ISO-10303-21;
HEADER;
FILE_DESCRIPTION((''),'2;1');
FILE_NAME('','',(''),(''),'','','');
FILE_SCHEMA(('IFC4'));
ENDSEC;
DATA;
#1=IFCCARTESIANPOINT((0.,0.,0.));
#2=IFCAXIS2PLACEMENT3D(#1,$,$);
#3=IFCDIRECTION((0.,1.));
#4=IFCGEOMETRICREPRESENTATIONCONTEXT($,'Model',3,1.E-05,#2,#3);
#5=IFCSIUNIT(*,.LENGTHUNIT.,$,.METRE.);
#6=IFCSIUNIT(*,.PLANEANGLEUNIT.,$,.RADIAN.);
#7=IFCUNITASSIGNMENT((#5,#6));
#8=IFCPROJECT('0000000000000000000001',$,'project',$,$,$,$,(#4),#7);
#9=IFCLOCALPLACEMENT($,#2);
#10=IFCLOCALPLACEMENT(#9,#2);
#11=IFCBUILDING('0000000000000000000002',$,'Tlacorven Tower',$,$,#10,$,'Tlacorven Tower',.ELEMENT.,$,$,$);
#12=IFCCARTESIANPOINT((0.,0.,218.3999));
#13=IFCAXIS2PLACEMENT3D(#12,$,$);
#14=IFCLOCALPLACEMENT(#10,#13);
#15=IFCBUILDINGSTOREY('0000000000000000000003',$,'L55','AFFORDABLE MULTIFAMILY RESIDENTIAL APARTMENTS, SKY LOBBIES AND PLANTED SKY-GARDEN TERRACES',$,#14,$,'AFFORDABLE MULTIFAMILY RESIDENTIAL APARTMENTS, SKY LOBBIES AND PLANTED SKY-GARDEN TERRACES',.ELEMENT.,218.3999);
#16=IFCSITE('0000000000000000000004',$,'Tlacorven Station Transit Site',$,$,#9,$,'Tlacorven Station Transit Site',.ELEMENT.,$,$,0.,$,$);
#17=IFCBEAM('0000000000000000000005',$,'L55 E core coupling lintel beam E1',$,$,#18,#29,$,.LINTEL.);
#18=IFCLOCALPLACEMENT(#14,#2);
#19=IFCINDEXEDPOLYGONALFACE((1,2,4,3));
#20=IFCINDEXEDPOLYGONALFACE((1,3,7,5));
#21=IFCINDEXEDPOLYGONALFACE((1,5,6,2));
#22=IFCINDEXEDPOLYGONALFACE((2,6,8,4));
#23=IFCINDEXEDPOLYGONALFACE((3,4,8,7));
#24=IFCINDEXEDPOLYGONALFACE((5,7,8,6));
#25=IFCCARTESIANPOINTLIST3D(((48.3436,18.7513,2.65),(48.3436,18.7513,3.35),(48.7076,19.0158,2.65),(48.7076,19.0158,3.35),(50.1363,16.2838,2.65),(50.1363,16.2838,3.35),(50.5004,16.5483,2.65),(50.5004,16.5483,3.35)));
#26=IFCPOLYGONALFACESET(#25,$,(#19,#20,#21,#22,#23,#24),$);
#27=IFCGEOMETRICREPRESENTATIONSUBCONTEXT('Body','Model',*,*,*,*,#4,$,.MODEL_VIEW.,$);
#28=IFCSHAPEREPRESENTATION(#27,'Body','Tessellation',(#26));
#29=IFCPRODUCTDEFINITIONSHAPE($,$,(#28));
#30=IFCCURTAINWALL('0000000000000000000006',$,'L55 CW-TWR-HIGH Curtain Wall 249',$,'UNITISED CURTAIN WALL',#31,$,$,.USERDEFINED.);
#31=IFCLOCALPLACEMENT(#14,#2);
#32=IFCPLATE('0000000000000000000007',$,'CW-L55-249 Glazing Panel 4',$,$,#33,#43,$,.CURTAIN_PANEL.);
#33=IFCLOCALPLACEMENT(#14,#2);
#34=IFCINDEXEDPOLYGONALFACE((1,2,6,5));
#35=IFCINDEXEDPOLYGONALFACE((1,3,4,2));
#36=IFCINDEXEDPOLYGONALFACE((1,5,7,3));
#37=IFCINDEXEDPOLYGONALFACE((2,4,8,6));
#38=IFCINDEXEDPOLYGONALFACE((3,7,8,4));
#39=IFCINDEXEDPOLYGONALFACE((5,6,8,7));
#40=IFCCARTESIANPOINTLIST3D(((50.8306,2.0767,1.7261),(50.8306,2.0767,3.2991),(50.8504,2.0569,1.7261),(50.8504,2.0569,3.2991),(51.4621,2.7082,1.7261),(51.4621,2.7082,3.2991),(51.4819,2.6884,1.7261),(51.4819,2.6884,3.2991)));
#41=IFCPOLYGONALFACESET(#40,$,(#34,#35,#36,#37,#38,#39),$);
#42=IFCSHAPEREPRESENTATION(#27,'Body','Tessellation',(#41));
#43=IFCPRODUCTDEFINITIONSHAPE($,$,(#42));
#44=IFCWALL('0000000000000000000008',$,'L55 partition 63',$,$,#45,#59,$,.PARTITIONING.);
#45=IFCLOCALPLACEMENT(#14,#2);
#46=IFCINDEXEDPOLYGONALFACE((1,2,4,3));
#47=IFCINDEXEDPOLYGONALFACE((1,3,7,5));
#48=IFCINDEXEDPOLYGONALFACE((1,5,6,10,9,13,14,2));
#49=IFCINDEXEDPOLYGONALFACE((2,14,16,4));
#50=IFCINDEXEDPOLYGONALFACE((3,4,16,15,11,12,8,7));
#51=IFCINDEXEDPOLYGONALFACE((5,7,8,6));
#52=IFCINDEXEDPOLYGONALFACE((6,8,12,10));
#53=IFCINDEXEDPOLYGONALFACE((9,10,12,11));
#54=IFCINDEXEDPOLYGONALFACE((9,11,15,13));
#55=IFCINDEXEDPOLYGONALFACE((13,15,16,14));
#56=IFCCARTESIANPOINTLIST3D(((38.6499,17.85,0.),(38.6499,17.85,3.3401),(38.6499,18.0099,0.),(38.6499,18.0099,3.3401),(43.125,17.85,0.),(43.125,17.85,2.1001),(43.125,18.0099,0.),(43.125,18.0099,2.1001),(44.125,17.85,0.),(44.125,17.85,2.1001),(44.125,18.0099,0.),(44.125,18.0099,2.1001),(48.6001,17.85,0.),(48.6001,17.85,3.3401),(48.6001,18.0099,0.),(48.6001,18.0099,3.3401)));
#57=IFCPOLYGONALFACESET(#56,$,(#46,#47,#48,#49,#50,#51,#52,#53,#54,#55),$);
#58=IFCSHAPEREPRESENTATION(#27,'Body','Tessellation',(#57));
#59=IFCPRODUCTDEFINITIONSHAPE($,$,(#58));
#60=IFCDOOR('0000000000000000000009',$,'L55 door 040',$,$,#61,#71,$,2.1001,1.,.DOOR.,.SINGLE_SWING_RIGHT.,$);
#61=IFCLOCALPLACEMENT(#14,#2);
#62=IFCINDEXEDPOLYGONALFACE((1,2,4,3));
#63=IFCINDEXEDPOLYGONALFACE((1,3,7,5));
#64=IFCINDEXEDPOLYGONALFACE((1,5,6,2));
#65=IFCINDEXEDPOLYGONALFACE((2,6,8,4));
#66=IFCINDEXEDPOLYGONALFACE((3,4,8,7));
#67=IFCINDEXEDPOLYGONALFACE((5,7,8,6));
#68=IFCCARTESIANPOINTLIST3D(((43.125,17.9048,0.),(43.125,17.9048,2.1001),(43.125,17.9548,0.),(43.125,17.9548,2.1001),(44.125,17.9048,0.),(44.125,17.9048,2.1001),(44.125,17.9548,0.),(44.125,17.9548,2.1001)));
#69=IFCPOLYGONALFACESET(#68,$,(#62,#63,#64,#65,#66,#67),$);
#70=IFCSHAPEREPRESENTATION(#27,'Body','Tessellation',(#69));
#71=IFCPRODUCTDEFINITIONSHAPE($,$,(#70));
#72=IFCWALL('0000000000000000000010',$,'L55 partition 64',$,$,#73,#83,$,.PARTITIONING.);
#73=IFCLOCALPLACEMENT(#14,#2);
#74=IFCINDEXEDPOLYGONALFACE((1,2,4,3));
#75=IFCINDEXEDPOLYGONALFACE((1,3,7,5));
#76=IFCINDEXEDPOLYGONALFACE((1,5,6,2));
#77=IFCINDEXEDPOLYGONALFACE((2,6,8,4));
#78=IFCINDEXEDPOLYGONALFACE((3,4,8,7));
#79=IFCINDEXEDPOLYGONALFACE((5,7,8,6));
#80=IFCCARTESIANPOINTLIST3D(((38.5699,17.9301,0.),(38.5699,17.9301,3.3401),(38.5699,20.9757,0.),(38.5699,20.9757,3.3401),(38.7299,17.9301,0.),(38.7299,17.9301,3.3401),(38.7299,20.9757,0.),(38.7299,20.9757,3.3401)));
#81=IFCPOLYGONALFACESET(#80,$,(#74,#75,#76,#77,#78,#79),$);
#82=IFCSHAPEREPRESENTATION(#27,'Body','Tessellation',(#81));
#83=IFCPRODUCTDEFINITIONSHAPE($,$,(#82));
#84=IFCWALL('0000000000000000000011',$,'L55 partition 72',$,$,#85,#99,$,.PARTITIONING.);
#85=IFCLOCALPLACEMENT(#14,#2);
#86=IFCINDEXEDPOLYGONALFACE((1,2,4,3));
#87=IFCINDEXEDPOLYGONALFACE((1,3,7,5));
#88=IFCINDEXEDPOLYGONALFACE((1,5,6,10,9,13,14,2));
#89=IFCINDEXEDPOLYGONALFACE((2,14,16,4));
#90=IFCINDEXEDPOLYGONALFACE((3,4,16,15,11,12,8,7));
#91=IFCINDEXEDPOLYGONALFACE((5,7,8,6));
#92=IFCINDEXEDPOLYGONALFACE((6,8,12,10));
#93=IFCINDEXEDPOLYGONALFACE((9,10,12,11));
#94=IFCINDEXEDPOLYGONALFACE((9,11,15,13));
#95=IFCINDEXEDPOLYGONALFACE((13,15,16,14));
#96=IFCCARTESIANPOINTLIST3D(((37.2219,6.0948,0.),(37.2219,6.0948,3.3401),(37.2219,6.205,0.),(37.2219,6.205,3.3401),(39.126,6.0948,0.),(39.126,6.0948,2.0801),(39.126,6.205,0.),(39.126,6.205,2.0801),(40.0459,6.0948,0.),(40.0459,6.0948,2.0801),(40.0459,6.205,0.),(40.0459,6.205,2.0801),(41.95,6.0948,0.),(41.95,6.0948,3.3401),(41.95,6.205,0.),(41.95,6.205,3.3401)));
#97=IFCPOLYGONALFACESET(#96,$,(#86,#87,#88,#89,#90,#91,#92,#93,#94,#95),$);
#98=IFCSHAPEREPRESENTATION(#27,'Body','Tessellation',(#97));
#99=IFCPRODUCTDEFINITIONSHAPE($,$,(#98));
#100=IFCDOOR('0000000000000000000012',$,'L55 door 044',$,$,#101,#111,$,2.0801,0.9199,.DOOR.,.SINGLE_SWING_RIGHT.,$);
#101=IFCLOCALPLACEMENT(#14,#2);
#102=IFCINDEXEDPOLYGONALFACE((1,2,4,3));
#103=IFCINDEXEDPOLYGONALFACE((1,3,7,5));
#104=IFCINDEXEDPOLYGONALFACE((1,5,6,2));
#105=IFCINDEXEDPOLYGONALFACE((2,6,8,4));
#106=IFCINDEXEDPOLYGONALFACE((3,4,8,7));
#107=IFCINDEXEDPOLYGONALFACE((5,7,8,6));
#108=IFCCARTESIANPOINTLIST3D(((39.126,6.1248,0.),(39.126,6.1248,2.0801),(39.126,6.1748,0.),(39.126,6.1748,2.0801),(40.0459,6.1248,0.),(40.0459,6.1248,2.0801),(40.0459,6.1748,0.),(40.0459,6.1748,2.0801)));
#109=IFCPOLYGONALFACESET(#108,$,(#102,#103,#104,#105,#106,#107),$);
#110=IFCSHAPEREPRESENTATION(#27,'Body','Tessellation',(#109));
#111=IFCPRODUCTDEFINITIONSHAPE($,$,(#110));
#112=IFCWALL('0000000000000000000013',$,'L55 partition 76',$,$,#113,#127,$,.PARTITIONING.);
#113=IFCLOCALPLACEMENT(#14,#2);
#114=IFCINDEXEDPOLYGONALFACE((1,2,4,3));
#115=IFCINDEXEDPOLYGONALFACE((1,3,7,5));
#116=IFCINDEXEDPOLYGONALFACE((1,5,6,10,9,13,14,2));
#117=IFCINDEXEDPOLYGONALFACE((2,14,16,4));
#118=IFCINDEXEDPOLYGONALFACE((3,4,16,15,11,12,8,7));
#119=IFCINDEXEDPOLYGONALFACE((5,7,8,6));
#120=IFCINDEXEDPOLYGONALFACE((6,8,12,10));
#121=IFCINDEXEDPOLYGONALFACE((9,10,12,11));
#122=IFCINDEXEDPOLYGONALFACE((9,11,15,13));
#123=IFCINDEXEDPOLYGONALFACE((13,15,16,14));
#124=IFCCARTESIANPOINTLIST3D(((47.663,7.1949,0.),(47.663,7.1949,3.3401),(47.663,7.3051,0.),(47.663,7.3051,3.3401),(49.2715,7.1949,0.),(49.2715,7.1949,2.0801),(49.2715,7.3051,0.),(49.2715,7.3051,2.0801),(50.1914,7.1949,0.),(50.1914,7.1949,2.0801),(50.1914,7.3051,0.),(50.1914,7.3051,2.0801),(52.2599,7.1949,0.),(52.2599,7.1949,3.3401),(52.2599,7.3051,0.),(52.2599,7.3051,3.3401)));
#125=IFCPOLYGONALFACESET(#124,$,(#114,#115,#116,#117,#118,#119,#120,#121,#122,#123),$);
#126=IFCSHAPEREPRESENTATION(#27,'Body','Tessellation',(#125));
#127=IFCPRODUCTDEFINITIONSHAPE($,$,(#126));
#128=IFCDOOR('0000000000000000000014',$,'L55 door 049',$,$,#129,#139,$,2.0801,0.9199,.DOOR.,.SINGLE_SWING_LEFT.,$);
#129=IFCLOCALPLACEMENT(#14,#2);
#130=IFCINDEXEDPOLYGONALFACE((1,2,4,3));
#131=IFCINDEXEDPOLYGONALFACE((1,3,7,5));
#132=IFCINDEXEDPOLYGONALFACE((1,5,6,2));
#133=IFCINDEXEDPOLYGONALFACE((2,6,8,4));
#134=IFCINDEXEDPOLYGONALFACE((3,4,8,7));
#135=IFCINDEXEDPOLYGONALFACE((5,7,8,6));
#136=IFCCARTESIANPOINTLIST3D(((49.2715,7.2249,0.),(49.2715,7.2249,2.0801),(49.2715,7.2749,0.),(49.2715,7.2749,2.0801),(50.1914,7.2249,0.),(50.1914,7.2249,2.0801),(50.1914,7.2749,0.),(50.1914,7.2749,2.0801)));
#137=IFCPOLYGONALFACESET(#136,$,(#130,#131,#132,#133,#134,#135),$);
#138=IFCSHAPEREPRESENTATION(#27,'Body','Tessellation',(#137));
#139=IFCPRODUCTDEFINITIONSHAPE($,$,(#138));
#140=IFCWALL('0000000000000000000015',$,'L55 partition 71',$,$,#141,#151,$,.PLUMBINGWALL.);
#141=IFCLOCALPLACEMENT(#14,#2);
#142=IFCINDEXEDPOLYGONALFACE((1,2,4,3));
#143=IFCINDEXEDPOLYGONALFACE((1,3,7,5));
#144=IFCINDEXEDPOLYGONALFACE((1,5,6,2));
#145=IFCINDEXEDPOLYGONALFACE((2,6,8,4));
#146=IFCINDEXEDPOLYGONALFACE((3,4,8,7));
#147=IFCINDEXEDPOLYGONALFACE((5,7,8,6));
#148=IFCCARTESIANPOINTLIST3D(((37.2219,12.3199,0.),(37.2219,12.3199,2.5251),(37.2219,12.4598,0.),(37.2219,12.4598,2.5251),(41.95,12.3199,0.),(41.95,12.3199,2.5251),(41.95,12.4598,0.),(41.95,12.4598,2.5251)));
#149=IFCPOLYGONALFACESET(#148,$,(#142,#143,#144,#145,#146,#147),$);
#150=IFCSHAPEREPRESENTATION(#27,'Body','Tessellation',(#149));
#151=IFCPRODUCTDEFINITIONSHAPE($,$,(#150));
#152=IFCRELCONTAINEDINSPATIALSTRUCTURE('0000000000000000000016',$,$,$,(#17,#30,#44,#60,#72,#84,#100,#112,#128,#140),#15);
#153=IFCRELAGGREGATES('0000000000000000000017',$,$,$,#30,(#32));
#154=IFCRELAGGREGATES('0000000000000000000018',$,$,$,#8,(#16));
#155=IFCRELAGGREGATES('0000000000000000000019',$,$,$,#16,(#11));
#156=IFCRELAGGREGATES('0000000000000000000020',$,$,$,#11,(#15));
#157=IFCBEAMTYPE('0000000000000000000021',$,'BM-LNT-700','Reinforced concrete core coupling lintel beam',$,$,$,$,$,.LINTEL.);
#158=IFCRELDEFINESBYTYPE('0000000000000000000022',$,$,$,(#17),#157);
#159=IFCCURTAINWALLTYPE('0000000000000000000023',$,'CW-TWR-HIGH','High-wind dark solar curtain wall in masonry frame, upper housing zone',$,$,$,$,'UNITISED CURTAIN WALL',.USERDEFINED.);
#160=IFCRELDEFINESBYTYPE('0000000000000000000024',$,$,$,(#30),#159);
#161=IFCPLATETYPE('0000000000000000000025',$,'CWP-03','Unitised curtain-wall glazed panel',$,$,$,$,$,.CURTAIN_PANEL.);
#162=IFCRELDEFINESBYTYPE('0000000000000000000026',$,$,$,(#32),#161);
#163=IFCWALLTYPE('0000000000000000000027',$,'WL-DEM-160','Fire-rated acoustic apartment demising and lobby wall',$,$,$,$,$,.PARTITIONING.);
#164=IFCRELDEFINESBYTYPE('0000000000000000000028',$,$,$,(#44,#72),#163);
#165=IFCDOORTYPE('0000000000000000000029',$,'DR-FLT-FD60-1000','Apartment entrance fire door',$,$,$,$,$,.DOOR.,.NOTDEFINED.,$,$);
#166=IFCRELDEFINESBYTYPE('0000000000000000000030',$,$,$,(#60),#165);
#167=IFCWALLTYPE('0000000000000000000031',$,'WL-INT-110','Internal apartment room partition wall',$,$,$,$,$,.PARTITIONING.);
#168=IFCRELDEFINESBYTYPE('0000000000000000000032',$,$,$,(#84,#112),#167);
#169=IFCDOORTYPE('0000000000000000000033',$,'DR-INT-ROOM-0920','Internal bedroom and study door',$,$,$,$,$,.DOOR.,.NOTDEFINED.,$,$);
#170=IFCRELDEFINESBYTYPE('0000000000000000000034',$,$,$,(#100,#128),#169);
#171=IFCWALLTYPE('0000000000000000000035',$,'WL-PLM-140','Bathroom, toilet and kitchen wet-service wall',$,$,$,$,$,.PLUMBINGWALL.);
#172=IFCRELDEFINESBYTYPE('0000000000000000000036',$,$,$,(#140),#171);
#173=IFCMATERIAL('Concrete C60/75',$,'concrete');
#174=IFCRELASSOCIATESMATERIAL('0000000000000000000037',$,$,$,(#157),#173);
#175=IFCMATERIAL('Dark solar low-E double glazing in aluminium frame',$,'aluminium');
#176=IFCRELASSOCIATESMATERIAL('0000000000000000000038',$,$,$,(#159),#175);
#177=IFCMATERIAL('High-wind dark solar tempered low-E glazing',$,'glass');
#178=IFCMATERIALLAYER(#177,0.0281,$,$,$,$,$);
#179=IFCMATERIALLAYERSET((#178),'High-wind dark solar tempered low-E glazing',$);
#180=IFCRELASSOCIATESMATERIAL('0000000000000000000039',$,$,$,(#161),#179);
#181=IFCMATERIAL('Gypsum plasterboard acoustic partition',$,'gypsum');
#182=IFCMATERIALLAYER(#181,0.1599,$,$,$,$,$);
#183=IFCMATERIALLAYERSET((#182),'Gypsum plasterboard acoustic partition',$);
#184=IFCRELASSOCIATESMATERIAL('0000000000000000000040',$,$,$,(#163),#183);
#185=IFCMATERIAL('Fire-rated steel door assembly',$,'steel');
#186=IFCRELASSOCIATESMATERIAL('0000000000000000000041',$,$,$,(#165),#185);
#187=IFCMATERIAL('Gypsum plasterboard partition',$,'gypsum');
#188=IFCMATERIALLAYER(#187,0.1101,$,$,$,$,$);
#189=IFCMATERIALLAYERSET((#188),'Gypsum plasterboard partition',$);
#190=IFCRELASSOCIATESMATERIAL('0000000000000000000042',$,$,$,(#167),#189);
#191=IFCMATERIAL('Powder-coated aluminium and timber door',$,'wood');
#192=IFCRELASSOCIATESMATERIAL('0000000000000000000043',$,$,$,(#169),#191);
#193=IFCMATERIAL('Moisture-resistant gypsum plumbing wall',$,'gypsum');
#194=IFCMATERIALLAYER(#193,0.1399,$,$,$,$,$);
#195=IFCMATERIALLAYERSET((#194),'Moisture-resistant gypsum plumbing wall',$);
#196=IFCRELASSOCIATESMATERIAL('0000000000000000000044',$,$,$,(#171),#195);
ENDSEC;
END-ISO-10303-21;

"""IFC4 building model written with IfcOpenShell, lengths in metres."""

from ifc_helpers import new_model, si_unit, direction, frame, frame_2d, origin, origin_2d, place, context, subcontext, project, spatial, rectangle, extrude, source, transform, mapped, material, layer, layer_set, material_profile, profile_set, type_object, element, fill, aggregate, save


model = new_model("IFC4")

# Units and contexts
model_context = context("Model", 3, precision=1e-05, world=origin(), true_north=direction((0.0, 1.0)))
body_context = subcontext(model_context, "Body", "Model", "MODEL_VIEW")
ifc_project = project(units=[si_unit("LENGTHUNIT", "METRE"), si_unit("PLANEANGLEUNIT", "RADIAN")], contexts=[model_context])

# Site, building, storey
site_placement = place(None, origin())
site = spatial("IfcSite", under=ifc_project, at=site_placement, Name="Tlacorven Station Transit Site", LongName="Tlacorven Station Transit Site", CompositionType="ELEMENT", RefElevation=0.0)
building_placement = place(site_placement, origin())
building = spatial("IfcBuilding", under=site, at=building_placement, Name="Tlacorven Tower", LongName="Tlacorven Tower", CompositionType="ELEMENT")
storey_placement = place(building_placement, frame((0.0, 0.0, 218.3999)))
storey = spatial("IfcBuildingStorey", under=building, at=storey_placement, Name="L55", Description="AFFORDABLE MULTIFAMILY RESIDENTIAL APARTMENTS, SKY LOBBIES AND PLANTED SKY-GARDEN TERRACES", LongName="AFFORDABLE MULTIFAMILY RESIDENTIAL APARTMENTS, SKY LOBBIES AND PLANTED SKY-GARDEN TERRACES", CompositionType="ELEMENT", Elevation=218.3999)

# Beam
ifc_material_1 = material(Name="Concrete C60/75", Category="concrete")
ifc_material_profile = material_profile(ifc_material_1, rectangle(XDim=0.45, YDim=0.7, at=origin_2d()), Name="RC 450X700")
ifc_profile_set = profile_set([ifc_material_profile], Name="Concrete C60/75")
beam_type = type_object("IfcBeamType", Name="BM-LNT-700", Description="Reinforced concrete core coupling lintel beam", PredefinedType="LINTEL", material=ifc_profile_set)
shared_shape_1 = source(origin(), body_context, "Body", "SweptSolid", [
    extrude(rectangle(XDim=0.45, YDim=0.7, at=origin_2d()), origin(), (0.0, 0.0, 1.0), 3.05),
])
beam_placement = place(storey_placement, frame((50.3184, 16.416, 3.0), z_axis=(-0.587777, 0.809023, 0.0), x_axis=(-0.809023, -0.587777, 0.0)))
element("IfcBeam", 1, at=beam_placement, inside=storey, type_object=beam_type, Name="L55 E core coupling lintel beam E1", PredefinedType="LINTEL", context=body_context, shape_type="MappedRepresentation", body=[
    mapped(shared_shape_1, transform((0.0, 0.0, 0.0), scale=1.0)),
])

# Curtain wall, plate
ifc_material_2 = material(Name="Dark solar low-E double glazing in aluminium frame", Category="aluminium")
curtain_wall_type = type_object("IfcCurtainWallType", Name="CW-TWR-HIGH", Description="High-wind dark solar curtain wall in masonry frame, upper housing zone", ElementType="UNITISED CURTAIN WALL", PredefinedType="USERDEFINED", material=ifc_material_2)
curtain_wall_placement = place(storey_placement, origin())
curtain_wall = element("IfcCurtainWall", 2, at=curtain_wall_placement, inside=storey, type_object=curtain_wall_type, Name="L55 CW-TWR-HIGH Curtain Wall 249", ObjectType="UNITISED CURTAIN WALL", PredefinedType="USERDEFINED")
ifc_material_3 = material(Name="High-wind dark solar tempered low-E glazing", Category="glass")
ifc_layer_1 = layer(ifc_material_3, 0.0281)
ifc_layer_set_1 = layer_set([ifc_layer_1], Name="High-wind dark solar tempered low-E glazing")
plate_type = type_object("IfcPlateType", Name="CWP-03", Description="Unitised curtain-wall glazed panel", PredefinedType="CURTAIN_PANEL", material=ifc_layer_set_1)
shared_shape_2 = source(origin(), body_context, "Body", "SweptSolid", [
    extrude(rectangle(XDim=0.8931, YDim=0.0281, at=origin_2d()), origin(), (0.0, 0.0, 1.0), 1.573),
])
plate_placement = place(storey_placement, frame((51.1562, 2.3826, 1.7261), z_axis=(0.0, 0.0, 1.0), x_axis=(-0.707107, -0.707107, 0.0)))
plate = element("IfcPlate", 3, at=plate_placement, type_object=plate_type, Name="CW-L55-249 Glazing Panel 4", PredefinedType="CURTAIN_PANEL", context=body_context, shape_type="MappedRepresentation", body=[
    mapped(shared_shape_2, transform((0.0, 0.0, 0.0), scale=1.0)),
])
aggregate(curtain_wall, [plate])

# Wall, opening, door
ifc_material_4 = material(Name="Gypsum plasterboard acoustic partition", Category="gypsum")
ifc_layer_2 = layer(ifc_material_4, 0.1599)
ifc_layer_set_2 = layer_set([ifc_layer_2], Name="Gypsum plasterboard acoustic partition")
wall_type_1 = type_object("IfcWallType", Name="WL-DEM-160", Description="Fire-rated acoustic apartment demising and lobby wall", PredefinedType="PARTITIONING", material=ifc_layer_set_2)
wall_1_placement = place(storey_placement, frame((38.6499, 17.9299, 0.0), z_axis=(0.0, 0.0, 1.0), x_axis=(1.0, 0.0, 0.0)))
wall_1 = element("IfcWall", 4, at=wall_1_placement, inside=storey, type_object=wall_type_1, Name="L55 partition 63", PredefinedType="PARTITIONING", context=body_context, shape_type="SweptSolid", body=[
    extrude(rectangle(XDim=9.9502, YDim=0.1599, at=frame_2d((4.9751, 0.0))), origin(), (0.0, 0.0, 1.0), 3.3401),
])
opening_1_placement = place(wall_1_placement, frame((4.4751, 0.0, 0.0)))
opening_1 = element("IfcOpeningElement", 5, at=opening_1_placement, cuts=wall_1, PredefinedType="OPENING", context=body_context, shape_type="SweptSolid", body=[
    extrude(rectangle(XDim=1.0, YDim=2.1001, at=frame_2d((0.5, 1.05))), frame((0.0, 0.0898, 0.0), z_axis=(0.0, -1.0, 0.0), x_axis=(1.0, 0.0, 0.0)), (0.0, 0.0, 1.0), 0.1799),
])
ifc_material_5 = material(Name="Fire-rated steel door assembly", Category="steel")
door_type_1 = type_object("IfcDoorType", Name="DR-FLT-FD60-1000", Description="Apartment entrance fire door", OperationType="NOTDEFINED", PredefinedType="DOOR", material=ifc_material_5)
shared_shape_3 = source(origin(), body_context, "Body", "SweptSolid", [
    extrude(rectangle(XDim=1.0, YDim=2.1001, at=frame_2d((0.5, 1.05))), frame((0.0, 0.0249, 0.0), z_axis=(0.0, -1.0, 0.0), x_axis=(1.0, 0.0, 0.0)), (0.0, 0.0, 1.0), 0.05),
])
door_1_placement = place(opening_1_placement, origin())
door_1 = element("IfcDoor", 6, at=door_1_placement, inside=storey, type_object=door_type_1, Name="L55 door 040", OperationType="SINGLE_SWING_RIGHT", OverallHeight=2.1001, OverallWidth=1.0, PredefinedType="DOOR", context=body_context, shape_type="MappedRepresentation", body=[
    mapped(shared_shape_3, transform((0.0, 0.0, 0.0), scale=1.0)),
])
fill(opening_1, door_1)

# Wall
wall_2_placement = place(storey_placement, frame((38.6499, 17.9299, 0.0), z_axis=(0.0, 0.0, 1.0), x_axis=(0.0, 1.0, 0.0)))
element("IfcWall", 7, at=wall_2_placement, inside=storey, type_object=wall_type_1, Name="L55 partition 64", PredefinedType="PARTITIONING", context=body_context, shape_type="SweptSolid", body=[
    extrude(rectangle(XDim=3.0457, YDim=0.1599, at=frame_2d((1.5229, 0.0))), origin(), (0.0, 0.0, 1.0), 3.3401),
])

# Walls, openings, doors
ifc_material_6 = material(Name="Gypsum plasterboard partition", Category="gypsum")
ifc_layer_3 = layer(ifc_material_6, 0.1101)
ifc_layer_set_3 = layer_set([ifc_layer_3], Name="Gypsum plasterboard partition")
wall_type_2 = type_object("IfcWallType", Name="WL-INT-110", Description="Internal apartment room partition wall", PredefinedType="PARTITIONING", material=ifc_layer_set_3)
wall_3_placement = place(storey_placement, frame((37.2219, 6.1499, 0.0), z_axis=(0.0, 0.0, 1.0), x_axis=(1.0, 0.0, 0.0)))
wall_3 = element("IfcWall", 8, at=wall_3_placement, inside=storey, type_object=wall_type_2, Name="L55 partition 72", PredefinedType="PARTITIONING", context=body_context, shape_type="SweptSolid", body=[
    extrude(rectangle(XDim=4.728, YDim=0.1101, at=frame_2d((2.364, 0.0))), origin(), (0.0, 0.0, 1.0), 3.3401),
])
opening_2_placement = place(wall_3_placement, frame((1.9041, 0.0, 0.0)))
opening_2 = element("IfcOpeningElement", 9, at=opening_2_placement, cuts=wall_3, PredefinedType="OPENING", context=body_context, shape_type="SweptSolid", body=[
    extrude(rectangle(XDim=0.9199, YDim=2.0801, at=frame_2d((0.46, 1.04))), frame((0.0, 0.0649, 0.0), z_axis=(0.0, -1.0, 0.0), x_axis=(1.0, 0.0, 0.0)), (0.0, 0.0, 1.0), 0.1301),
])
ifc_material_7 = material(Name="Powder-coated aluminium and timber door", Category="wood")
door_type_2 = type_object("IfcDoorType", Name="DR-INT-ROOM-0920", Description="Internal bedroom and study door", OperationType="NOTDEFINED", PredefinedType="DOOR", material=ifc_material_7)
shared_shape_4 = source(origin(), body_context, "Body", "SweptSolid", [
    extrude(rectangle(XDim=0.9199, YDim=2.0801, at=frame_2d((0.46, 1.04))), frame((0.0, 0.0249, 0.0), z_axis=(0.0, -1.0, 0.0), x_axis=(1.0, 0.0, 0.0)), (0.0, 0.0, 1.0), 0.05),
])
door_2_placement = place(opening_2_placement, origin())
door_2 = element("IfcDoor", 10, at=door_2_placement, inside=storey, type_object=door_type_2, Name="L55 door 044", OperationType="SINGLE_SWING_RIGHT", OverallHeight=2.0801, OverallWidth=0.9199, PredefinedType="DOOR", context=body_context, shape_type="MappedRepresentation", body=[
    mapped(shared_shape_4, transform((0.0, 0.0, 0.0), scale=1.0)),
])
fill(opening_2, door_2)
wall_4_placement = place(storey_placement, frame((47.6631, 7.25, 0.0), z_axis=(0.0, 0.0, 1.0), x_axis=(1.0, 0.0, 0.0)))
wall_4 = element("IfcWall", 11, at=wall_4_placement, inside=storey, type_object=wall_type_2, Name="L55 partition 76", PredefinedType="PARTITIONING", context=body_context, shape_type="SweptSolid", body=[
    extrude(rectangle(XDim=4.5969, YDim=0.1101, at=frame_2d((2.2983, 0.0))), origin(), (0.0, 0.0, 1.0), 3.3401),
])
opening_3_placement = place(wall_4_placement, frame((1.6084, 0.0, 0.0)))
opening_3 = element("IfcOpeningElement", 12, at=opening_3_placement, cuts=wall_4, PredefinedType="OPENING", context=body_context, shape_type="SweptSolid", body=[
    extrude(rectangle(XDim=0.9199, YDim=2.0801, at=frame_2d((0.46, 1.04))), frame((0.0, 0.0649, 0.0), z_axis=(0.0, -1.0, 0.0), x_axis=(1.0, 0.0, 0.0)), (0.0, 0.0, 1.0), 0.1301),
])
door_3_placement = place(opening_3_placement, origin())
door_3 = element("IfcDoor", 13, at=door_3_placement, inside=storey, type_object=door_type_2, Name="L55 door 049", OperationType="SINGLE_SWING_LEFT", OverallHeight=2.0801, OverallWidth=0.9199, PredefinedType="DOOR", context=body_context, shape_type="MappedRepresentation", body=[
    mapped(shared_shape_4, transform((0.0, 0.0, 0.0), scale=1.0)),
])
fill(opening_3, door_3)

# Wall
ifc_material_8 = material(Name="Moisture-resistant gypsum plumbing wall", Category="gypsum")
ifc_layer_4 = layer(ifc_material_8, 0.1399)
ifc_layer_set_4 = layer_set([ifc_layer_4], Name="Moisture-resistant gypsum plumbing wall")
wall_type_3 = type_object("IfcWallType", Name="WL-PLM-140", Description="Bathroom, toilet and kitchen wet-service wall", PredefinedType="PLUMBINGWALL", material=ifc_layer_set_4)
wall_5_placement = place(storey_placement, frame((37.2219, 12.3899, 0.0), z_axis=(0.0, 0.0, 1.0), x_axis=(1.0, 0.0, 0.0)))
element("IfcWall", 14, at=wall_5_placement, inside=storey, type_object=wall_type_3, Name="L55 partition 71", PredefinedType="PLUMBINGWALL", context=body_context, shape_type="SweptSolid", body=[
    extrude(rectangle(XDim=4.728, YDim=0.1399, at=frame_2d((2.364, 0.0))), origin(), (0.0, 0.0, 1.0), 2.5251),
])

save(model, "model.ifc")
